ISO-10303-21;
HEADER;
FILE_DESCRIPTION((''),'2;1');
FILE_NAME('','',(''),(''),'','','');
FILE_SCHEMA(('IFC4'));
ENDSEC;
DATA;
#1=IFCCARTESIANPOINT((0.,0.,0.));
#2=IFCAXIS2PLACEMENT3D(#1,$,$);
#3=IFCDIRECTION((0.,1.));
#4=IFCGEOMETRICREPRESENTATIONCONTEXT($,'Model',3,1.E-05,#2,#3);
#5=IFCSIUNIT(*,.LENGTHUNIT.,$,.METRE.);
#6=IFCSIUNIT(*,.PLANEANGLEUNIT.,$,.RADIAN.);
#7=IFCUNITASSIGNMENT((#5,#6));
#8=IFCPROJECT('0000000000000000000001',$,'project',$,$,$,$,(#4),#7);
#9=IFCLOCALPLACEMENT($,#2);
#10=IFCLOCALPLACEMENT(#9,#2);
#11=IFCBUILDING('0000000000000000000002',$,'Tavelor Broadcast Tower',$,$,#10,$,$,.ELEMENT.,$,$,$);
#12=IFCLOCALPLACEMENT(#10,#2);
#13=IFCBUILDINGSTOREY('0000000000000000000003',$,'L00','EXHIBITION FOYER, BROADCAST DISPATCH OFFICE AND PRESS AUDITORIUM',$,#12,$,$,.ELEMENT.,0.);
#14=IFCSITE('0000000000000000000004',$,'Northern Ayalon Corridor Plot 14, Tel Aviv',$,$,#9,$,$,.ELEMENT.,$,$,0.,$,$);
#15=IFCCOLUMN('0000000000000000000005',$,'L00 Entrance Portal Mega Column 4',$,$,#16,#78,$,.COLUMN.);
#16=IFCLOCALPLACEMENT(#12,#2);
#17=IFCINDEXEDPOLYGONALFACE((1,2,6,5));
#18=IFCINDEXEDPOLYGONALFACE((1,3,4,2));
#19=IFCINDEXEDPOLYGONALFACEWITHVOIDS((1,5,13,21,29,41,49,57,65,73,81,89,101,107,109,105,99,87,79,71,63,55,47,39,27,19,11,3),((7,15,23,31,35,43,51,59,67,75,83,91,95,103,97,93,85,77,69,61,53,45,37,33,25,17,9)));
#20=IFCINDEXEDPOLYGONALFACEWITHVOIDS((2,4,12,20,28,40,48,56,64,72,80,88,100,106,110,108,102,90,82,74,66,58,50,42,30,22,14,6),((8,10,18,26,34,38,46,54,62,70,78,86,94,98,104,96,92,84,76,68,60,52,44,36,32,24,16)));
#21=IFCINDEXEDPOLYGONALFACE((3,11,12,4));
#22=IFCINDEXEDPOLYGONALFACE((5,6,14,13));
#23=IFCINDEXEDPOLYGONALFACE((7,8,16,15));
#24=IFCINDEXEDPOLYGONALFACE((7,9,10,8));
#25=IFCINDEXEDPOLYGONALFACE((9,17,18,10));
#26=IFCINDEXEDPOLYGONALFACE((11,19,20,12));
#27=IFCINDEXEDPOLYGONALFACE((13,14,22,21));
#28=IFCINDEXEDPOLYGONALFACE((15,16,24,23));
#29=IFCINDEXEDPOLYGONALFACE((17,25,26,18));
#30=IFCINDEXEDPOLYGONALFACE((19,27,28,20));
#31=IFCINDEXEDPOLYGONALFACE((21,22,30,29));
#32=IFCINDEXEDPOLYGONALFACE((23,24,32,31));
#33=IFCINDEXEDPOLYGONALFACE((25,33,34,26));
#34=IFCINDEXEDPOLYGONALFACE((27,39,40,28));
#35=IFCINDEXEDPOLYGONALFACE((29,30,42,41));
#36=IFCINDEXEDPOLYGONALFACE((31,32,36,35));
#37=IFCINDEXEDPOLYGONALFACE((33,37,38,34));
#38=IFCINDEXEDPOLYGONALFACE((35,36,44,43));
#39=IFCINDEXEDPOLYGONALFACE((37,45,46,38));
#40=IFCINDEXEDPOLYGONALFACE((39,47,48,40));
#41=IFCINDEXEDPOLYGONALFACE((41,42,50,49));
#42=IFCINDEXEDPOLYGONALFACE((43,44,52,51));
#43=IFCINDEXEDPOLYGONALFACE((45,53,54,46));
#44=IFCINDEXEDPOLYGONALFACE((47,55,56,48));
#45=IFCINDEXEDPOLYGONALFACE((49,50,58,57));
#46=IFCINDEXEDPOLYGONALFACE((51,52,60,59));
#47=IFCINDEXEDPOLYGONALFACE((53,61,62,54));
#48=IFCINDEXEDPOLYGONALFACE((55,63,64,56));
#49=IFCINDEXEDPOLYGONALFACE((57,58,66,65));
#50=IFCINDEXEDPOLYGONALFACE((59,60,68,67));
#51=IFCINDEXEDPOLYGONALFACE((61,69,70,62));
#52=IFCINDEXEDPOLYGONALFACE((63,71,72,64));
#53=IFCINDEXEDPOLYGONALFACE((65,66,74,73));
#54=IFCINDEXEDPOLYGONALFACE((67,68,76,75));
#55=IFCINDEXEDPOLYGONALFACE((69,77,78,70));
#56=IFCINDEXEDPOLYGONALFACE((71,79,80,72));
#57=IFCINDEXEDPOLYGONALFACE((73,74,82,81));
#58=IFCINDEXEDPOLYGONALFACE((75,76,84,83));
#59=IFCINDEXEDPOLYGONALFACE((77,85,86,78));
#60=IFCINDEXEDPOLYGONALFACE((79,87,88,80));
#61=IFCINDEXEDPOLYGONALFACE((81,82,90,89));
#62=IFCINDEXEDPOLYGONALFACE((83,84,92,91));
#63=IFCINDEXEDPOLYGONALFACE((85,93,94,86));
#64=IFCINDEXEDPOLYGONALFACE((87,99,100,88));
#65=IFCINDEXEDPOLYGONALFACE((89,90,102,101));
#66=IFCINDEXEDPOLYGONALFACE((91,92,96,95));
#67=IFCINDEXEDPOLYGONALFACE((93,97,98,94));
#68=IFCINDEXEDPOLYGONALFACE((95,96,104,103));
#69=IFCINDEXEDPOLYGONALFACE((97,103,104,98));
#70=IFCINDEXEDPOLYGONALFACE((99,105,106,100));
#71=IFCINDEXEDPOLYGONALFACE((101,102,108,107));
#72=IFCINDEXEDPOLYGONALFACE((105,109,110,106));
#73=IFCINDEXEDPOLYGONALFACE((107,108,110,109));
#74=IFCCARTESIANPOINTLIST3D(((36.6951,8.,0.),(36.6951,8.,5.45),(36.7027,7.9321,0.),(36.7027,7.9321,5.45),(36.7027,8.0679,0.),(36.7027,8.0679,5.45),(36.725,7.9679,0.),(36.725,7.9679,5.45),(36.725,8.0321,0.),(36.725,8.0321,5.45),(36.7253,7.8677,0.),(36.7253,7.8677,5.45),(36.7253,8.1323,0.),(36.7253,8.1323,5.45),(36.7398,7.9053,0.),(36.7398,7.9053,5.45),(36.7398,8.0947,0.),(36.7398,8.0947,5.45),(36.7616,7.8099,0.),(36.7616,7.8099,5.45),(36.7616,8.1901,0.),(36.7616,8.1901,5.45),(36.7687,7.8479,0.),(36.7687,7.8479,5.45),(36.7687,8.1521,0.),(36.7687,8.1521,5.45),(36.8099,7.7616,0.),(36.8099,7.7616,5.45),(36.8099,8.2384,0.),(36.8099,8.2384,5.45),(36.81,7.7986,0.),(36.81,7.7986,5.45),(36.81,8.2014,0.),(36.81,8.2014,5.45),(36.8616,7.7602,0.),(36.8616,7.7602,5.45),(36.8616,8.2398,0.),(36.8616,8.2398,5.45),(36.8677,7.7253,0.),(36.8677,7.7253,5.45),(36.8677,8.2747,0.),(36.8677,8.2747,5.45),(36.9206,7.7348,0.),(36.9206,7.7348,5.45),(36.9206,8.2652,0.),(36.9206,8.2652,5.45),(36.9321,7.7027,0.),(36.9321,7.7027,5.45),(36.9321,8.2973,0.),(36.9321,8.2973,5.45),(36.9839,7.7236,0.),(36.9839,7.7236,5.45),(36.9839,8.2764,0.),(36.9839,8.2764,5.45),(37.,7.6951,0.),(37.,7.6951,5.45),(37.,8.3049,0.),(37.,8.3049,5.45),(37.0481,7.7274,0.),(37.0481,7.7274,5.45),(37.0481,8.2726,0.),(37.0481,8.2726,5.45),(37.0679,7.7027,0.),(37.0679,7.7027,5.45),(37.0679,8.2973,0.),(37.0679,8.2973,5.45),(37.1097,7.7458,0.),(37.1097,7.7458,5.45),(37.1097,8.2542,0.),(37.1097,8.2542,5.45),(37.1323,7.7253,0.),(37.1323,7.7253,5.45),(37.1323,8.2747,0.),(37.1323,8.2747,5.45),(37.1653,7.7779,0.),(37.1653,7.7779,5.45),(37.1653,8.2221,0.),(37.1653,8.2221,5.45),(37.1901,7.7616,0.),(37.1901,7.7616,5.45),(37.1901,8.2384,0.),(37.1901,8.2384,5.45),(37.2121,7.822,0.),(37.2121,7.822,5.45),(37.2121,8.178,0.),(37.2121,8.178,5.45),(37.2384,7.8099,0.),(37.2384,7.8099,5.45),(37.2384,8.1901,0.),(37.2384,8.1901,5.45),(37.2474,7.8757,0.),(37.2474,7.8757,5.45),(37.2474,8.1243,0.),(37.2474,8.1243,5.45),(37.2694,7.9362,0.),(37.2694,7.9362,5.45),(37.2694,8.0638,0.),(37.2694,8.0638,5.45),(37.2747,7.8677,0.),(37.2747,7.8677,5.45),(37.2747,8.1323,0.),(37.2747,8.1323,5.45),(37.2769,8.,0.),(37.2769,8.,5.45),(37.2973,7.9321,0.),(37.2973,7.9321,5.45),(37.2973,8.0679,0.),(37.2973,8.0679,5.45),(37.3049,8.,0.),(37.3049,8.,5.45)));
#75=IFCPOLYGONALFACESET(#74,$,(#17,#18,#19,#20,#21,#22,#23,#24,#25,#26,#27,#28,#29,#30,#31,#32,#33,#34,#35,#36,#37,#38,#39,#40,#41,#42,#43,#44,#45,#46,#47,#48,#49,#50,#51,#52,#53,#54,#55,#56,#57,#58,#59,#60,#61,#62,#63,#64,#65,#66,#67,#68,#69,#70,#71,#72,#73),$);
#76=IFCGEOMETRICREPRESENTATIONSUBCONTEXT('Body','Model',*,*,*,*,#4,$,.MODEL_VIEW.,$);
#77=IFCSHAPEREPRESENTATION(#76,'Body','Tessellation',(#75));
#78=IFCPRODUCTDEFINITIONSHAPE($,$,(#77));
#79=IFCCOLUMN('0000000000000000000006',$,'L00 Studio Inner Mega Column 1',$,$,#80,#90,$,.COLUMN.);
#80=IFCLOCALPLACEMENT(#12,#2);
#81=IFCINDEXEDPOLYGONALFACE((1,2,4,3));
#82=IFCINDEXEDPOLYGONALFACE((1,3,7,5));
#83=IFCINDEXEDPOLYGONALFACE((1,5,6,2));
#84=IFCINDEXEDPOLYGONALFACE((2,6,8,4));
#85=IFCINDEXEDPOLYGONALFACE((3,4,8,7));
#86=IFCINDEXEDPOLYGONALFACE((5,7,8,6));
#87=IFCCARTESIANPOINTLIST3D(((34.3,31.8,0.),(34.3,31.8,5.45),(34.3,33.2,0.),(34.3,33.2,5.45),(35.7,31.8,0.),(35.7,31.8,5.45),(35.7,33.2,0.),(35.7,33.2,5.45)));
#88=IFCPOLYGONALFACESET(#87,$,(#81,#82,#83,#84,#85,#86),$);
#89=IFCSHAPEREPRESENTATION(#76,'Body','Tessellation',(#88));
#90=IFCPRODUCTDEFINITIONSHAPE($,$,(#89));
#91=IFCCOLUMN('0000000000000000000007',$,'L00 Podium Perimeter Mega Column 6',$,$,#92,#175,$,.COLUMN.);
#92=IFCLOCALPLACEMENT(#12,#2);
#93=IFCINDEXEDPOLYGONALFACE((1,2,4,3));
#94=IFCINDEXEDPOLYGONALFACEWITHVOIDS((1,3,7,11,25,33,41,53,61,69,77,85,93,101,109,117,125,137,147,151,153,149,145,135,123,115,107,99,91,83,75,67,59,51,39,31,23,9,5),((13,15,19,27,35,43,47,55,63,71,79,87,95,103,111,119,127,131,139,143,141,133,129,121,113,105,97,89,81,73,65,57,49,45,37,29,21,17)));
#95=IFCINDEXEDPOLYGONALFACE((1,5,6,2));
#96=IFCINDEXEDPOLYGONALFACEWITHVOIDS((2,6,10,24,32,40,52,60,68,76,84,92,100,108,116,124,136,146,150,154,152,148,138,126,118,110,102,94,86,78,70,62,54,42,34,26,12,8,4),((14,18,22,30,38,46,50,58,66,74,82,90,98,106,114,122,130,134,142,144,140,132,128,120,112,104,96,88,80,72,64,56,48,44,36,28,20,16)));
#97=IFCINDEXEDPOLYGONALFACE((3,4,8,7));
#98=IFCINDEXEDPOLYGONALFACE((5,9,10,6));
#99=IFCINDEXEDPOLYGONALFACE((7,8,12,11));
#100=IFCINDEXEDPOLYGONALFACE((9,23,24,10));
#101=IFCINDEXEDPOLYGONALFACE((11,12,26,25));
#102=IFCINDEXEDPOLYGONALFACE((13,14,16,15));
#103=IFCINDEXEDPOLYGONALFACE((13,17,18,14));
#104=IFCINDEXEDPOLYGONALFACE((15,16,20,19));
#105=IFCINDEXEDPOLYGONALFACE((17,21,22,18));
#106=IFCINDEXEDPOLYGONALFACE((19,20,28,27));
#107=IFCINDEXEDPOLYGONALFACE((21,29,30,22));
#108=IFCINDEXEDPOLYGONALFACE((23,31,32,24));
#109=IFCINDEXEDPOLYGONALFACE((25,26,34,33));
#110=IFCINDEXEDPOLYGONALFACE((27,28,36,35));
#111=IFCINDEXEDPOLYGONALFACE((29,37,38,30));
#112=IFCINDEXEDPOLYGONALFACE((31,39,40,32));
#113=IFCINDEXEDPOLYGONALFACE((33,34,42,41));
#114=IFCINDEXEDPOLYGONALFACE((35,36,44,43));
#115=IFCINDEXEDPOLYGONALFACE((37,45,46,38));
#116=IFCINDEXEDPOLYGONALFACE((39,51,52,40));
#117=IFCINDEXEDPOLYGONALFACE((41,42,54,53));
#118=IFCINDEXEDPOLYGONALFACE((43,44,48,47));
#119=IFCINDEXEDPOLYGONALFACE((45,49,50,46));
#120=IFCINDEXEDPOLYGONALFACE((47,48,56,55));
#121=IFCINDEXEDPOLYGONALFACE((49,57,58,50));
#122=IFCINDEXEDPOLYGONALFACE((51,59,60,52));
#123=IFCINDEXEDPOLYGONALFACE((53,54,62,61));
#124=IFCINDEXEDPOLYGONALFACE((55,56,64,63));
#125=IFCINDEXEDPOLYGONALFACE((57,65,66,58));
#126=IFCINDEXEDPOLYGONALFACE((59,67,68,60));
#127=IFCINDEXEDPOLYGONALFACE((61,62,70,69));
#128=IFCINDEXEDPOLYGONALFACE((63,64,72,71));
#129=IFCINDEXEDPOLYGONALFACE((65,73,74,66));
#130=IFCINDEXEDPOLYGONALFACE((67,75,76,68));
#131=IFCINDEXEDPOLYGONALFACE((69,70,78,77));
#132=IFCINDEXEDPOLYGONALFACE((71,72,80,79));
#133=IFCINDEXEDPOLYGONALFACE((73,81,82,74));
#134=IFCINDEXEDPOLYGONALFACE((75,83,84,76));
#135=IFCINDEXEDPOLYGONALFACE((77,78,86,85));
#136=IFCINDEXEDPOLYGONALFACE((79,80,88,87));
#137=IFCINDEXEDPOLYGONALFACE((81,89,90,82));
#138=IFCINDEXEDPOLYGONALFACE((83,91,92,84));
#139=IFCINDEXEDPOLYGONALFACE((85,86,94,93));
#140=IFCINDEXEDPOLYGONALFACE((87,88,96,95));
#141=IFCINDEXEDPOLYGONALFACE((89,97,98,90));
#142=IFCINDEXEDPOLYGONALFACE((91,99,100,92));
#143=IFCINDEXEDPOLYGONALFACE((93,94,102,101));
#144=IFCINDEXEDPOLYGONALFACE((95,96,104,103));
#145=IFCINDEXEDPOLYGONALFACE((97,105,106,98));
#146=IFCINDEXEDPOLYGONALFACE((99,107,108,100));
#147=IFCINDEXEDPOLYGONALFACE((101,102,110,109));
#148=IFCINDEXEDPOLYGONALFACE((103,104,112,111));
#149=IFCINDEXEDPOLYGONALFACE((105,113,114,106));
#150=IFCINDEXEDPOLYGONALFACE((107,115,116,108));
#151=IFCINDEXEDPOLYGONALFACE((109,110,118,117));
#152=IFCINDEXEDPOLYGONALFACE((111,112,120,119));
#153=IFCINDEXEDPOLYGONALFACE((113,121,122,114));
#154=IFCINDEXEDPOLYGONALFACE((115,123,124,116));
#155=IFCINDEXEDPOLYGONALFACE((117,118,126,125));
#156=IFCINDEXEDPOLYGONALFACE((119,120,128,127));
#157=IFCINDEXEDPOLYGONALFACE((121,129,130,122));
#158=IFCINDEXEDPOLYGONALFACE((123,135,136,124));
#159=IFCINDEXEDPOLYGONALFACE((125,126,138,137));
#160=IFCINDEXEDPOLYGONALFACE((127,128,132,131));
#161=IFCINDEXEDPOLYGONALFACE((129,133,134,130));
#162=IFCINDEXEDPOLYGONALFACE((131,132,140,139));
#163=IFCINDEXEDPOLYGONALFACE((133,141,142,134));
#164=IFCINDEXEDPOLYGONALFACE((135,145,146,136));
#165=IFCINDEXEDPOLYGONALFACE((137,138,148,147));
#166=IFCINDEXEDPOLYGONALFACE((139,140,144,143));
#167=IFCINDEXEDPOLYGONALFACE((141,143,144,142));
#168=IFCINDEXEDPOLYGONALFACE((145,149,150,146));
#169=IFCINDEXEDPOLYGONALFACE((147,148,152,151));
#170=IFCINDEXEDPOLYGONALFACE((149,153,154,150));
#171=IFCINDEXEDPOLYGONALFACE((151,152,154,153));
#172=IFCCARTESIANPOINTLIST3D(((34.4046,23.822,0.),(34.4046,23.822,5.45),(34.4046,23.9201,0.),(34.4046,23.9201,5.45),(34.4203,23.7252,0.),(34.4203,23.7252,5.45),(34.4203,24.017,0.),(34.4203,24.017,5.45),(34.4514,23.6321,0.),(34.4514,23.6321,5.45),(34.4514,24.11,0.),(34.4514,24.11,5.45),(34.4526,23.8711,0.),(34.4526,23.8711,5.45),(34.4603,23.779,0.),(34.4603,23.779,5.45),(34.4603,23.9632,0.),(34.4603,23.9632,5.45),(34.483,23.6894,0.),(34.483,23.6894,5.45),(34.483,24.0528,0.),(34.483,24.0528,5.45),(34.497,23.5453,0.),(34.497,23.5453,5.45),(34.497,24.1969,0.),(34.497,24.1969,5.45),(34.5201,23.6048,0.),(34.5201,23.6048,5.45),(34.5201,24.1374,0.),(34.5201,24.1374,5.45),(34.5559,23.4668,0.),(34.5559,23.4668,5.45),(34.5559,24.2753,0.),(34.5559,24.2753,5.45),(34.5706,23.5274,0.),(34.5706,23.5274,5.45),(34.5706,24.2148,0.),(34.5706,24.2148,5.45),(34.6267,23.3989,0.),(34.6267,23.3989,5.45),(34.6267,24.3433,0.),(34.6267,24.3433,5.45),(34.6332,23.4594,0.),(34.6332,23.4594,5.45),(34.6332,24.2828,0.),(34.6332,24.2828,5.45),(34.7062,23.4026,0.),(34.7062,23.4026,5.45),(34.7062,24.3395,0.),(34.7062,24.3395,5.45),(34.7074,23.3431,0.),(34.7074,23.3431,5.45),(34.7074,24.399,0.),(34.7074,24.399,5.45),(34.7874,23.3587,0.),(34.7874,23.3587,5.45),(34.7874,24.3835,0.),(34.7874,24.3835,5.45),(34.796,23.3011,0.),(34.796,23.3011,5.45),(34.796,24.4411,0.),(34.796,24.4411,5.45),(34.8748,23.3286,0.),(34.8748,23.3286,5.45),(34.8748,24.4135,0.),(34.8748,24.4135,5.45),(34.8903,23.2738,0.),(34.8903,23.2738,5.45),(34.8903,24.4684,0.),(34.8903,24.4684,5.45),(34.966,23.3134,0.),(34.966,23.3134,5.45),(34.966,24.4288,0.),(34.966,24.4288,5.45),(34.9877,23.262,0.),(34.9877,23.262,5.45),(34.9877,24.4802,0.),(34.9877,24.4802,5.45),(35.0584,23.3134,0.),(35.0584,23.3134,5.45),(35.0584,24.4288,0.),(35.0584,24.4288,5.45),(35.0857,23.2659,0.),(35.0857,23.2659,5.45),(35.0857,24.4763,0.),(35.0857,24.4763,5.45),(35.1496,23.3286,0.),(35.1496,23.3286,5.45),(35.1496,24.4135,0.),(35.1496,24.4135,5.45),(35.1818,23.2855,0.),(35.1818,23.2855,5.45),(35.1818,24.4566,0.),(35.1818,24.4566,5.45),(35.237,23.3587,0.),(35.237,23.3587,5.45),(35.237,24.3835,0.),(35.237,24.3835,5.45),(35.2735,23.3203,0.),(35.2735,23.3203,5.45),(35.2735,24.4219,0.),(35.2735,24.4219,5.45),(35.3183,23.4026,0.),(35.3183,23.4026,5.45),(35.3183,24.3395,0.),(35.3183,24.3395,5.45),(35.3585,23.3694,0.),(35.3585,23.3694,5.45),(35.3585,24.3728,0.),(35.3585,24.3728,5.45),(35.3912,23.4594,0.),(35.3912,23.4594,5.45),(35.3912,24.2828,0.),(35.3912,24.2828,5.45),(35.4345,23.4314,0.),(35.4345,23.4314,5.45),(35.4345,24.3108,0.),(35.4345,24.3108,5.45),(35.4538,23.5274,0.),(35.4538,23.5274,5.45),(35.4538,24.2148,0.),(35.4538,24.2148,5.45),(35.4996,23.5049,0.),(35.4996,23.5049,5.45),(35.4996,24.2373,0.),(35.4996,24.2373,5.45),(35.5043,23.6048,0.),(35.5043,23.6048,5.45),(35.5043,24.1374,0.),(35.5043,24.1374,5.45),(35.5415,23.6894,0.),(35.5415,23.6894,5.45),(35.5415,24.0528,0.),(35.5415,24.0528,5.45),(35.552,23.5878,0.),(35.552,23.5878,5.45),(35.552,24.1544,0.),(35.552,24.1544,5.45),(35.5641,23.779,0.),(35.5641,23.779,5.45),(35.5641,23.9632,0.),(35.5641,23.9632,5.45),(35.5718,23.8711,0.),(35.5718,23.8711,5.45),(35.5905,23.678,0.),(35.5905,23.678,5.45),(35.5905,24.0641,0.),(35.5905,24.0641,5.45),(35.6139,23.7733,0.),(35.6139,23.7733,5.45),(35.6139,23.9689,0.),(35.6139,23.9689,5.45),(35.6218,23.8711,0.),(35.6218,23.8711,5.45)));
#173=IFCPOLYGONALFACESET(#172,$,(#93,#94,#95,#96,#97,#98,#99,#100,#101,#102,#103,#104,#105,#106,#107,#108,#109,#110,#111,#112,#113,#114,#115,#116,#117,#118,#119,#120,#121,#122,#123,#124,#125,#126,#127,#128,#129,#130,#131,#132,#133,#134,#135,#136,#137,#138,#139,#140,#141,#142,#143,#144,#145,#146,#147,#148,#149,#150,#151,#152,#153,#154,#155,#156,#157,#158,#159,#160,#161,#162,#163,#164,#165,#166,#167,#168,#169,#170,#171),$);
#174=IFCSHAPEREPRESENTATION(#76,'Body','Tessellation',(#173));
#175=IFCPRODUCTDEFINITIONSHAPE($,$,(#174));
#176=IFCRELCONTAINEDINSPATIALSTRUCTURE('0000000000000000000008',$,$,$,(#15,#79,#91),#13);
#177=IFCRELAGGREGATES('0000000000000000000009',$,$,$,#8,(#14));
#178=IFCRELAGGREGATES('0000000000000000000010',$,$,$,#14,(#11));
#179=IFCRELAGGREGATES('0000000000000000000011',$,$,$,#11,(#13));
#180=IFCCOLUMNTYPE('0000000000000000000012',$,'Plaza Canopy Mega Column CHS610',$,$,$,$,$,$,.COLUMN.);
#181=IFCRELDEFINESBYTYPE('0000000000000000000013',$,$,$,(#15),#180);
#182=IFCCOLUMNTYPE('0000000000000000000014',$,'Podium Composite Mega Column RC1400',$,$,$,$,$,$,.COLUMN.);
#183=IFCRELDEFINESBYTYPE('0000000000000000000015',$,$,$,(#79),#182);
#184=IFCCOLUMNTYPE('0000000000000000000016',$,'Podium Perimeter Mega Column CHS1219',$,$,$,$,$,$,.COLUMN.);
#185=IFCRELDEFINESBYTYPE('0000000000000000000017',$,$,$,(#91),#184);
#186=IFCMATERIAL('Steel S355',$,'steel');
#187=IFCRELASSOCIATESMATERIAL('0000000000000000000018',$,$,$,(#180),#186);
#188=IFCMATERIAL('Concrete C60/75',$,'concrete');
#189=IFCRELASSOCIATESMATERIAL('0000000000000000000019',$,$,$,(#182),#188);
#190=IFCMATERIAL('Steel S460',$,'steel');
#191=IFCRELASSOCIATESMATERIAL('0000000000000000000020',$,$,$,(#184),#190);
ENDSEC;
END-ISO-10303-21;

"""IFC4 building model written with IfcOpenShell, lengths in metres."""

from ifc_helpers import new_model, si_unit, direction, frame, origin, origin_2d, place, context, subcontext, project, spatial, rectangle, hollow_circle, extrude, material, material_profile, profile_set, type_object, element, save


model = new_model("IFC4")

# Units and contexts
model_context = context("Model", 3, precision=1e-05, world=origin(), true_north=direction((0.0, 1.0)))
body_context = subcontext(model_context, "Body", "Model", "MODEL_VIEW")
ifc_project = project(units=[si_unit("LENGTHUNIT", "METRE"), si_unit("PLANEANGLEUNIT", "RADIAN")], contexts=[model_context])

# Site, building, storey
site_placement = place(None, origin())
site = spatial("IfcSite", under=ifc_project, at=site_placement, Name="Northern Ayalon Corridor Plot 14, Tel Aviv", CompositionType="ELEMENT", RefElevation=0.0)
building_placement = place(site_placement, origin())
building = spatial("IfcBuilding", under=site, at=building_placement, Name="Tavelor Broadcast Tower", CompositionType="ELEMENT")
storey_placement = place(building_placement, origin())
storey = spatial("IfcBuildingStorey", under=building, at=storey_placement, Name="L00", Description="EXHIBITION FOYER, BROADCAST DISPATCH OFFICE AND PRESS AUDITORIUM", CompositionType="ELEMENT", Elevation=0.0)

# Columns
ifc_material_1 = material(Name="Steel S355", Category="steel")
ifc_material_profile_1 = material_profile(ifc_material_1, hollow_circle(Radius=0.3049, WallThickness=0.0281, at=origin_2d()), Name="CHS 610x28")
ifc_profile_set_1 = profile_set([ifc_material_profile_1], Name="Steel S355")
column_type_1 = type_object("IfcColumnType", Name="Plaza Canopy Mega Column CHS610", PredefinedType="COLUMN", material=ifc_profile_set_1)
column_1_placement = place(storey_placement, frame((37.0, 8.0, 0.0), z_axis=(0.0, 0.0, 1.0), x_axis=(1.0, 0.0, 0.0)))
element("IfcColumn", 1, at=column_1_placement, inside=storey, type_object=column_type_1, Name="L00 Entrance Portal Mega Column 4", PredefinedType="COLUMN", context=body_context, shape_type="SweptSolid", body=[
    extrude(hollow_circle(Radius=0.3049, WallThickness=0.0281, at=origin_2d()), origin(), (0.0, 0.0, 1.0), 5.45),
])
ifc_material_2 = material(Name="Concrete C60/75", Category="concrete")
ifc_material_profile_2 = material_profile(ifc_material_2, rectangle(XDim=1.3999, YDim=1.3999, at=origin_2d()), Name="RC 1400x1400")
ifc_profile_set_2 = profile_set([ifc_material_profile_2], Name="Concrete C60/75")
column_type_2 = type_object("IfcColumnType", Name="Podium Composite Mega Column RC1400", PredefinedType="COLUMN", material=ifc_profile_set_2)
column_2_placement = place(storey_placement, frame((35.0, 32.5, 0.0), z_axis=(0.0, 0.0, 1.0), x_axis=(1.0, 0.0, 0.0)))
element("IfcColumn", 2, at=column_2_placement, inside=storey, type_object=column_type_2, Name="L00 Studio Inner Mega Column 1", PredefinedType="COLUMN", context=body_context, shape_type="SweptSolid", body=[
    extrude(rectangle(XDim=1.3999, YDim=1.3999, at=origin_2d()), origin(), (0.0, 0.0, 1.0), 5.45),
])
ifc_material_3 = material(Name="Steel S460", Category="steel")
ifc_material_profile_3 = material_profile(ifc_material_3, hollow_circle(Radius=0.6096, WallThickness=0.05, at=origin_2d()), Name="CHS 1219x50")
ifc_profile_set_3 = profile_set([ifc_material_profile_3], Name="Steel S460")
column_type_3 = type_object("IfcColumnType", Name="Podium Perimeter Mega Column CHS1219", PredefinedType="COLUMN", material=ifc_profile_set_3)
for number, where, z_axis, x_axis, name in (
    (3, (35.0122, 23.8711, 0.0), (0.0, 0.0, 1.0), (1.0, 0.0, 0.0), "L00 Podium Perimeter Mega Column 6"),
):
    element("IfcColumn", number, at=place(storey_placement, frame(where, z_axis=z_axis, x_axis=x_axis)), inside=storey, type_object=column_type_3, Name=name, PredefinedType="COLUMN", context=body_context, shape_type="SweptSolid", body=[
        extrude(hollow_circle(Radius=0.6096, WallThickness=0.05, at=origin_2d()), origin(), (0.0, 0.0, 1.0), 5.45),
    ])

save(model, "model.ifc")
